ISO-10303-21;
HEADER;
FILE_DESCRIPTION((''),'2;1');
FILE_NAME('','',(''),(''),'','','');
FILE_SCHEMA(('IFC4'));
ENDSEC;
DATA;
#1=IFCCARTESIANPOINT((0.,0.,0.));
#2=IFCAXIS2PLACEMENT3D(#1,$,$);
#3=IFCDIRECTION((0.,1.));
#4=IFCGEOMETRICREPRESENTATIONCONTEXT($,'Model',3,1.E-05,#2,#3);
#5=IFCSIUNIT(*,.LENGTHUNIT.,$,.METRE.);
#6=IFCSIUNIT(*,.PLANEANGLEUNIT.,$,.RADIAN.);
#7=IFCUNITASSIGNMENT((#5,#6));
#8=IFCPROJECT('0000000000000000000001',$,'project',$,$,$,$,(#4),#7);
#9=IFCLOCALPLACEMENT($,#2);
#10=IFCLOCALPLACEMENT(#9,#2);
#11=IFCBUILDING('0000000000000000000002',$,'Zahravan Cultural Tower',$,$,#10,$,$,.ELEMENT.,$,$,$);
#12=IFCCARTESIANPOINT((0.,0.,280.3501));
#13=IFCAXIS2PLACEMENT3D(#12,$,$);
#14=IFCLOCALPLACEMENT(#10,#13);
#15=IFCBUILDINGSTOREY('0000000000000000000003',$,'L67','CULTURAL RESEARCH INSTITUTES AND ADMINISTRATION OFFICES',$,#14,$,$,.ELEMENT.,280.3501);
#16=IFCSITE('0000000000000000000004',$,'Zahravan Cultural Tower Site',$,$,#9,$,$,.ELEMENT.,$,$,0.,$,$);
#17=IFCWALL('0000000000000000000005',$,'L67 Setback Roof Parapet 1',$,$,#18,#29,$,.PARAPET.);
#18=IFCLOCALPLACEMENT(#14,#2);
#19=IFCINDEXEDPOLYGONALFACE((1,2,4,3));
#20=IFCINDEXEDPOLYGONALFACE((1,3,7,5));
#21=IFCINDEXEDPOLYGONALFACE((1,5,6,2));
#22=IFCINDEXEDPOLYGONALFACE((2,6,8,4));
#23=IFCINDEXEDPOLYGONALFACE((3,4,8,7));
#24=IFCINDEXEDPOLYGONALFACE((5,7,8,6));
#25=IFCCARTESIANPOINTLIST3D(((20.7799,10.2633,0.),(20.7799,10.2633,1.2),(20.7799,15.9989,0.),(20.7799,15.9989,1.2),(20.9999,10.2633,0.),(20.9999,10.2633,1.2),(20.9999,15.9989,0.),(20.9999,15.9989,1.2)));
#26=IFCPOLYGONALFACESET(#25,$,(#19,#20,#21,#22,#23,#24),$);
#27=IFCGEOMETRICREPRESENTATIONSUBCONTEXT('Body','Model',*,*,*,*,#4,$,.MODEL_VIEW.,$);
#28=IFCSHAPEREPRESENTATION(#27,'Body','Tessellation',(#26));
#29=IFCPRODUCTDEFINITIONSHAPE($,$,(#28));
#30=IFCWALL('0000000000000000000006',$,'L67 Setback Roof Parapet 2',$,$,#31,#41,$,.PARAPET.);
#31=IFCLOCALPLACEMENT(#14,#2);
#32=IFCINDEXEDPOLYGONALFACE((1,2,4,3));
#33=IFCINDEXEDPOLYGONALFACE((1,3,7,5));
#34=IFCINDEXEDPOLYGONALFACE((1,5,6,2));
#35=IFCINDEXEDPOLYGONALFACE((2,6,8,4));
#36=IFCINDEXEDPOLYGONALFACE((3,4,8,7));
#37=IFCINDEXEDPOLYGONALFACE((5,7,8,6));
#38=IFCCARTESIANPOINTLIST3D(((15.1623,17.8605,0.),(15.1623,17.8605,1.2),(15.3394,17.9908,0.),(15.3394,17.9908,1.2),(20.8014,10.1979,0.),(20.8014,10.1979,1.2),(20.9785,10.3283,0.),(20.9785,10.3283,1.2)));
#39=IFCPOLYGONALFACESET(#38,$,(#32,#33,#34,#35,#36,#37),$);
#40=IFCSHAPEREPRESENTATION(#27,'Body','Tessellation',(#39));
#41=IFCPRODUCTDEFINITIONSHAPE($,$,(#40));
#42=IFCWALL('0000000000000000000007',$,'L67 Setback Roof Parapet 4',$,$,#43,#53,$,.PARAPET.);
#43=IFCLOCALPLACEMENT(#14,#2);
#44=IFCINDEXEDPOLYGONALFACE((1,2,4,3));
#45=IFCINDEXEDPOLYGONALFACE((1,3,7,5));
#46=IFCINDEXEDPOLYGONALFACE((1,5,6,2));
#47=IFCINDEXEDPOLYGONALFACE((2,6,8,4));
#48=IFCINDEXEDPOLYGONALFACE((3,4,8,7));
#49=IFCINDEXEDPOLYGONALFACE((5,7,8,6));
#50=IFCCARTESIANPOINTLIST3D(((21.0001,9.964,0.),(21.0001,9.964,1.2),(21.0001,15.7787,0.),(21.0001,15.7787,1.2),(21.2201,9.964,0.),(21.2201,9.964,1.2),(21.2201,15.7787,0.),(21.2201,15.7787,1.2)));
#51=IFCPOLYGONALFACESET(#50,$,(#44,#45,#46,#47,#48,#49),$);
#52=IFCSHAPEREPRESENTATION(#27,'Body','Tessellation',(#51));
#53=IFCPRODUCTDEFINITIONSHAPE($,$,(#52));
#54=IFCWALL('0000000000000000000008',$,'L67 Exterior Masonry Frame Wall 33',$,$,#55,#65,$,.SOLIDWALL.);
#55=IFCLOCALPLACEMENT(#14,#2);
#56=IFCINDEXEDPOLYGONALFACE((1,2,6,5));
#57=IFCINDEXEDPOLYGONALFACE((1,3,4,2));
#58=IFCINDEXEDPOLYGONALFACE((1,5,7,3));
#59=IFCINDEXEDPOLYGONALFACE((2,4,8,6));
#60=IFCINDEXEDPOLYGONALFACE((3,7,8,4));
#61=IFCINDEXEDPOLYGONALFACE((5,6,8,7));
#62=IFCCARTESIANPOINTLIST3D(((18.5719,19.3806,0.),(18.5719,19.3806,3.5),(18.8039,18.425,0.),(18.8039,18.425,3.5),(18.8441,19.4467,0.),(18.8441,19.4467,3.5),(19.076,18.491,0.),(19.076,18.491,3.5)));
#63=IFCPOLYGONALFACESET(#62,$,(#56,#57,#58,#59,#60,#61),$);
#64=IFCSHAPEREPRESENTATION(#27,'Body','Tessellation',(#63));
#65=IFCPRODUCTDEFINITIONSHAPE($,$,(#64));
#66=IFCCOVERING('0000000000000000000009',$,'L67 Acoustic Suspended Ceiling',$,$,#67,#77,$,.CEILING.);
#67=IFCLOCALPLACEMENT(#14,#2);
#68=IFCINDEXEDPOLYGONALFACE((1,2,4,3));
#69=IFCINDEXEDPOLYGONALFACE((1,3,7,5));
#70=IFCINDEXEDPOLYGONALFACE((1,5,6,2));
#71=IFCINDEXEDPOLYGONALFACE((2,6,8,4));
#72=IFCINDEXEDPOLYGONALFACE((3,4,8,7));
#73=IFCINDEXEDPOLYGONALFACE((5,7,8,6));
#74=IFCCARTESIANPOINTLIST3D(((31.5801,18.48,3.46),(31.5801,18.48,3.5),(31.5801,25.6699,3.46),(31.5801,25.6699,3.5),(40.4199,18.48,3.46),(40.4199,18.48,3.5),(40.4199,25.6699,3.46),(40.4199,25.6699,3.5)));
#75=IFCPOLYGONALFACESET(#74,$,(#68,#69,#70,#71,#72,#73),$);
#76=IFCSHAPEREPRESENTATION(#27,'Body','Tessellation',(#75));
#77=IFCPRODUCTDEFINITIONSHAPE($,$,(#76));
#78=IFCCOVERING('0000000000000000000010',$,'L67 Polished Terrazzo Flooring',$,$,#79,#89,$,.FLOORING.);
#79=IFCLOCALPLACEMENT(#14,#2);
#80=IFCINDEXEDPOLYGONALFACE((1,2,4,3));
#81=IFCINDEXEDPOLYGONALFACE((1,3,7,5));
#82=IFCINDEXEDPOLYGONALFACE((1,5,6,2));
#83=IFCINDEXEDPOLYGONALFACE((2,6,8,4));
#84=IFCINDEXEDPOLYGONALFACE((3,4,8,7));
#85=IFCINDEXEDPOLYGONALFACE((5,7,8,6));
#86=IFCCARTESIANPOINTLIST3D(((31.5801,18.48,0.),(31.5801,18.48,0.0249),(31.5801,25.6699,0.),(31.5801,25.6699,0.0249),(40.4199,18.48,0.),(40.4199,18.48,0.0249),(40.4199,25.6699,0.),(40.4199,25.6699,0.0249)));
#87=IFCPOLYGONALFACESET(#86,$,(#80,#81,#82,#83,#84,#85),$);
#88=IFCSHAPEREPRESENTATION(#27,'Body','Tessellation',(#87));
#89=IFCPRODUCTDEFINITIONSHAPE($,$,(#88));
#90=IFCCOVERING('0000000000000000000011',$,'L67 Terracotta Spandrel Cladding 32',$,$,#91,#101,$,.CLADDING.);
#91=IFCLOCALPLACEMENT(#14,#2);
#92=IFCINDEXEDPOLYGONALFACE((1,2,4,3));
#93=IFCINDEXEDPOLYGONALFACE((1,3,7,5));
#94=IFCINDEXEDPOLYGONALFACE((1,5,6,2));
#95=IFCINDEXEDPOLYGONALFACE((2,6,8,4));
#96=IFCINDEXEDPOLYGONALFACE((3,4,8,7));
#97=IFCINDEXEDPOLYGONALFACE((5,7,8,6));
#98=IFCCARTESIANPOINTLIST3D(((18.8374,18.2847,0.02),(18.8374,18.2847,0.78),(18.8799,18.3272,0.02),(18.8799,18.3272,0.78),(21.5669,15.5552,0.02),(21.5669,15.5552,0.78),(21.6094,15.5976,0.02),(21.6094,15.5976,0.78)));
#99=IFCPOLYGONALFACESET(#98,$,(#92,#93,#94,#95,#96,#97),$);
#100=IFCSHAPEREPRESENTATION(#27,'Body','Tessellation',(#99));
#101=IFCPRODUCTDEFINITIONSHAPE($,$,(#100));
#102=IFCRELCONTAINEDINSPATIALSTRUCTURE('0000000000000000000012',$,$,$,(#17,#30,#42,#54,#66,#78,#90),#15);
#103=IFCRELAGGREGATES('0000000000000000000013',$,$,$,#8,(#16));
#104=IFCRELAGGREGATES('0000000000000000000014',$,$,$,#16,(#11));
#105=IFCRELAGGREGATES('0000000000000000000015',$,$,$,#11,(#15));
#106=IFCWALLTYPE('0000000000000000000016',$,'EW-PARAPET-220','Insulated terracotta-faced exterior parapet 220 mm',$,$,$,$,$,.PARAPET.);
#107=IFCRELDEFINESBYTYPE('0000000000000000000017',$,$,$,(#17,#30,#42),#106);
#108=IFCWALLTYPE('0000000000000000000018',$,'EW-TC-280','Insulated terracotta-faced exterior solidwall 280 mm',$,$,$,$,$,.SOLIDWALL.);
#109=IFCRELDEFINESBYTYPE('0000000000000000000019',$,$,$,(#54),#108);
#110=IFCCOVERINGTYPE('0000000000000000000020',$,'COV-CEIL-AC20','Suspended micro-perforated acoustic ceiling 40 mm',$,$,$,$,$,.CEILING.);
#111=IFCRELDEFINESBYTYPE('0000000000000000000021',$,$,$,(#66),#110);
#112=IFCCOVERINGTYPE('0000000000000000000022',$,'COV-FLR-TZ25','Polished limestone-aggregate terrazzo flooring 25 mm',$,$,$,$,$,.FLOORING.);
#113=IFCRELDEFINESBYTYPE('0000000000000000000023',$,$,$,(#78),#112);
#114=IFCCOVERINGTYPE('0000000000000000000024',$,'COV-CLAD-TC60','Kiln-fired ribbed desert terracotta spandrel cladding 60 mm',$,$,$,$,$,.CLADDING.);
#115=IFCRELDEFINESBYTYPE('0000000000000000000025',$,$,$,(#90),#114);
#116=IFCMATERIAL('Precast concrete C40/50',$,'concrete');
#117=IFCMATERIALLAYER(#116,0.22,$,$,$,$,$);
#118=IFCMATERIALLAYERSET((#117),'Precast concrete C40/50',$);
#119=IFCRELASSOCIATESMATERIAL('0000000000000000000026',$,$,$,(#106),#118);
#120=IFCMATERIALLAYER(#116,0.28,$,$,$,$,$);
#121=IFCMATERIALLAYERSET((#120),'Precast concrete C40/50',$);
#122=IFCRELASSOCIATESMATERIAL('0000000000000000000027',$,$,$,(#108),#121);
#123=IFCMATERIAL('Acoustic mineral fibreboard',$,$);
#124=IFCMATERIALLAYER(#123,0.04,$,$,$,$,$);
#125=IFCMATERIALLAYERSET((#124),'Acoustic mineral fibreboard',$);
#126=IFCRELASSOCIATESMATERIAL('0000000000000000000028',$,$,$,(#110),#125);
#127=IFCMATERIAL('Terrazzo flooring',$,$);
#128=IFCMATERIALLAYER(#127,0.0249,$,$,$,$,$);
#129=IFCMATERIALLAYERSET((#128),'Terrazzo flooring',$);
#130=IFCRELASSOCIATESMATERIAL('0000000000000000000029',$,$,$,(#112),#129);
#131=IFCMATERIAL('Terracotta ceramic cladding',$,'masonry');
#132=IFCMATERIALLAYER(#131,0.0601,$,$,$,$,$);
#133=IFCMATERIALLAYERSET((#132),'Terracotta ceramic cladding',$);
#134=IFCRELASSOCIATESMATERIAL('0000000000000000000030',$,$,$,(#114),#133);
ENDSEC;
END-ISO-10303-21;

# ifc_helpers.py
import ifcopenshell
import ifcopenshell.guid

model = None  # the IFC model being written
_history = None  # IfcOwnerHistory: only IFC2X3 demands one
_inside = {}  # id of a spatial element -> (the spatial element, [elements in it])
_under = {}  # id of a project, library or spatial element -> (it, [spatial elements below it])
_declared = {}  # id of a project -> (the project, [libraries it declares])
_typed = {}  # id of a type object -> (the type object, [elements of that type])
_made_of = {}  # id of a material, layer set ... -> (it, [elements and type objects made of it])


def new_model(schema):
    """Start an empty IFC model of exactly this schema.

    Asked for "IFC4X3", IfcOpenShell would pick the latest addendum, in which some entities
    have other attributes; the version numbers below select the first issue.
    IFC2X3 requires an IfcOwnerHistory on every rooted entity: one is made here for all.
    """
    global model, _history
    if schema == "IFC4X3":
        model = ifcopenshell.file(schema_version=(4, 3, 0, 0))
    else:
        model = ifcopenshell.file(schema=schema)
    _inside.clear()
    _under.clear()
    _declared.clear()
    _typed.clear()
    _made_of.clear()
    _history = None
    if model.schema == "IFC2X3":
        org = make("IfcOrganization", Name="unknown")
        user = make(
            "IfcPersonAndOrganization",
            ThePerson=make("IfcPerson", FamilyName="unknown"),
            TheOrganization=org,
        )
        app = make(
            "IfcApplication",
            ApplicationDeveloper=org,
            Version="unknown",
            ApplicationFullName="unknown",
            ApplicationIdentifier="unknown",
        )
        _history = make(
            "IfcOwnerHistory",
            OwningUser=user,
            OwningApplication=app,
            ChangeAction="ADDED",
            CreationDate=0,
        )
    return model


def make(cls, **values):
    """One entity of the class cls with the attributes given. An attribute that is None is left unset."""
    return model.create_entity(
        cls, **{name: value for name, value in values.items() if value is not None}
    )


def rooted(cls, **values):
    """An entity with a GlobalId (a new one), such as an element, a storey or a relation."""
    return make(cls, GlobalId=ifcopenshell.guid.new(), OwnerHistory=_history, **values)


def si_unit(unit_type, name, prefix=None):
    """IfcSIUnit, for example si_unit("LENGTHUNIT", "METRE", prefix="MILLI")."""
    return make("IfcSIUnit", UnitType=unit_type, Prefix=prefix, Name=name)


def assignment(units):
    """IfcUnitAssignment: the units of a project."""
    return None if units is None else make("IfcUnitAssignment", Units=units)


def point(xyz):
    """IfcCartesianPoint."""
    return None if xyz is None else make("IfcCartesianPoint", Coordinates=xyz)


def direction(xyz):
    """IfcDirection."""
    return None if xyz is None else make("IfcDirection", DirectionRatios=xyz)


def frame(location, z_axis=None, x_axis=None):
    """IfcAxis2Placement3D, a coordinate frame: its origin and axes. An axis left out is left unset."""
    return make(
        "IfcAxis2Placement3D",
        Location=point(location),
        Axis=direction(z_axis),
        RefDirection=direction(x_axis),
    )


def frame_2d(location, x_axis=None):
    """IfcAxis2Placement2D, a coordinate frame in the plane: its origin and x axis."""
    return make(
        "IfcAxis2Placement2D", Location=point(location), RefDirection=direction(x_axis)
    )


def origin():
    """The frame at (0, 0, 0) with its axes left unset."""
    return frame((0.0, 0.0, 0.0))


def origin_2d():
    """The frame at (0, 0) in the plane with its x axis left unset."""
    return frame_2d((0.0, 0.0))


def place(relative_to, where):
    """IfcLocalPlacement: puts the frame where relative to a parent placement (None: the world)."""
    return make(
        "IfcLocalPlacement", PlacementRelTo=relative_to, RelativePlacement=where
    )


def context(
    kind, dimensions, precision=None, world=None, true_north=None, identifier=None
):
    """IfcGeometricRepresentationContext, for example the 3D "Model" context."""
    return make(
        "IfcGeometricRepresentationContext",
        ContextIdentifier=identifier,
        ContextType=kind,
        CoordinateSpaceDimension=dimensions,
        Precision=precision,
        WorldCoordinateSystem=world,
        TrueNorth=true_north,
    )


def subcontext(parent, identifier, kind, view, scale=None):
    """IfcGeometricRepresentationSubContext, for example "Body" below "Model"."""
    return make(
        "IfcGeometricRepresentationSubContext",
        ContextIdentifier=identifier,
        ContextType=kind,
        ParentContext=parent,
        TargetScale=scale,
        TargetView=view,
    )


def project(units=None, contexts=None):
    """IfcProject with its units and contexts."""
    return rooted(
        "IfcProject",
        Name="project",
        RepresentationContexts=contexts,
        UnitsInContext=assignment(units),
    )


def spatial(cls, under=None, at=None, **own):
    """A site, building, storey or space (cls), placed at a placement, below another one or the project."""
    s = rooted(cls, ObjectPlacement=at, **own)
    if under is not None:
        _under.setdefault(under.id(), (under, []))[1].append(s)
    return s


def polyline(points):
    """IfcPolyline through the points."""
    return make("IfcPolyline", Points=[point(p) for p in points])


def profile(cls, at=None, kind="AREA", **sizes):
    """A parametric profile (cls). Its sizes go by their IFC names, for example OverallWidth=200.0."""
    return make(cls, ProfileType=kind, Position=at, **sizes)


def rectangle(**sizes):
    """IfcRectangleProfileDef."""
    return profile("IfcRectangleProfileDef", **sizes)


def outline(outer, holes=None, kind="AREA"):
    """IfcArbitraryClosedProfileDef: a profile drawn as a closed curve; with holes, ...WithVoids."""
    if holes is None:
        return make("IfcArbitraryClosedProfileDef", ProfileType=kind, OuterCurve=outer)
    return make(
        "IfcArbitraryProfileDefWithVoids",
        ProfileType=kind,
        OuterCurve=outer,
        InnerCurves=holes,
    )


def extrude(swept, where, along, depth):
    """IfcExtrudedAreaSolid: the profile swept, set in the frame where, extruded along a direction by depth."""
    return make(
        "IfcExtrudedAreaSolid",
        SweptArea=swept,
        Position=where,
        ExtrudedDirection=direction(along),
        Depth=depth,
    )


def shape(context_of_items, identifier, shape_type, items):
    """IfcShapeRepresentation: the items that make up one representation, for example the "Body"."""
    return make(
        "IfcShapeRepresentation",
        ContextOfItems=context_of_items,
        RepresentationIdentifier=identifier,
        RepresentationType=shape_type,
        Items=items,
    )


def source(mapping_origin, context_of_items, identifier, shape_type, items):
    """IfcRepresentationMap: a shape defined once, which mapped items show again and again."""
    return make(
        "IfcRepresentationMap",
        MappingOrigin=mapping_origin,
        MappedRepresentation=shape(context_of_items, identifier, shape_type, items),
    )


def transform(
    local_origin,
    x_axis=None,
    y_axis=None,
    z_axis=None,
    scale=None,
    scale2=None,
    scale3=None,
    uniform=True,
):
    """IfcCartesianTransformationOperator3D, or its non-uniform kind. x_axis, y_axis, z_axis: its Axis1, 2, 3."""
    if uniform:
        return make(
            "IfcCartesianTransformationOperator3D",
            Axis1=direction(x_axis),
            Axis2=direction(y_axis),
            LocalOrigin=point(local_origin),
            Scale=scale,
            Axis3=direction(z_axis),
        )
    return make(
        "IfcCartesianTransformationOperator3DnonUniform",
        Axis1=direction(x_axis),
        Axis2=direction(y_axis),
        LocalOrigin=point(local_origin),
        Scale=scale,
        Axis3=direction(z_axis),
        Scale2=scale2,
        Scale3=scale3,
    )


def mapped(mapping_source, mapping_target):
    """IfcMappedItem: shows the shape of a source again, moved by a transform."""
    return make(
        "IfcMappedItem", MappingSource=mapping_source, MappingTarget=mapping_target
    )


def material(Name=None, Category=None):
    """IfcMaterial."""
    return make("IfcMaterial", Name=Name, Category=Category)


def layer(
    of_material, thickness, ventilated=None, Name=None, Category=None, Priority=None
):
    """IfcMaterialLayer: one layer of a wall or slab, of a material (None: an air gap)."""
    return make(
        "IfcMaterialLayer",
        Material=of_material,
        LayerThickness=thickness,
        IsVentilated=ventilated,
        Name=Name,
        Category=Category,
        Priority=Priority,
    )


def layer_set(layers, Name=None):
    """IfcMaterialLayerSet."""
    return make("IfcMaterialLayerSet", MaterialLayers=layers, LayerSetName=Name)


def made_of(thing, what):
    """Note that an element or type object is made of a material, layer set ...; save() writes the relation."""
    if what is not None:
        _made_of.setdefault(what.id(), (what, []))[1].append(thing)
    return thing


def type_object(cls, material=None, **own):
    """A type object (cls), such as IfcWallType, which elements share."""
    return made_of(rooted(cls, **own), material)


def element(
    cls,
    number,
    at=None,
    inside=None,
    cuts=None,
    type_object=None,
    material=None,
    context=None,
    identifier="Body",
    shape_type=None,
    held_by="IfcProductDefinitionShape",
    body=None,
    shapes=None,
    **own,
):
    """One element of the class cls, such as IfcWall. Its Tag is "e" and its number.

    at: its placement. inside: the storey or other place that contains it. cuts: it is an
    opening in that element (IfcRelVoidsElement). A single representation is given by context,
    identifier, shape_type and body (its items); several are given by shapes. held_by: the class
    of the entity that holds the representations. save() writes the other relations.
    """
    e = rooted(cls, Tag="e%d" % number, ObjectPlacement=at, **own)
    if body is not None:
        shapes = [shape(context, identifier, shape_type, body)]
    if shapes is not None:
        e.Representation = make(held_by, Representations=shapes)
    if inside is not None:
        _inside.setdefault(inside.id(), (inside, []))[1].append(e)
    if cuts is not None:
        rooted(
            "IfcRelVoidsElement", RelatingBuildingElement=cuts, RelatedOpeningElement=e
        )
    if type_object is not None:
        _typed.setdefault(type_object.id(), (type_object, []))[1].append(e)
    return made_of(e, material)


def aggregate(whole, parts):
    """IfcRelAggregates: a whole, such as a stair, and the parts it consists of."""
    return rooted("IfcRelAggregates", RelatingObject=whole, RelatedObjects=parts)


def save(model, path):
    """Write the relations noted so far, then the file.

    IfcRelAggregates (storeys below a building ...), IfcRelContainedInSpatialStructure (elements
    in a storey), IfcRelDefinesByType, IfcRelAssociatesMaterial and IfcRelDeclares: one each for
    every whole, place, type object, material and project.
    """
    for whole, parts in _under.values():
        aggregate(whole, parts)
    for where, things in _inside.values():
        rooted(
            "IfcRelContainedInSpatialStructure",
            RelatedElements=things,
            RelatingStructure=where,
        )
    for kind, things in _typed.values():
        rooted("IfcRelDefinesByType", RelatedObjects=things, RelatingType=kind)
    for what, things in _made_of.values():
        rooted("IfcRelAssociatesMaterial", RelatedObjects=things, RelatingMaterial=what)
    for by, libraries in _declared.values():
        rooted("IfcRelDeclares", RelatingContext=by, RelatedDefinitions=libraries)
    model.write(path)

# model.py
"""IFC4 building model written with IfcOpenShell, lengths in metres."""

from ifc_helpers import new_model, si_unit, direction, frame, frame_2d, origin, origin_2d, place, context, subcontext, project, spatial, polyline, rectangle, outline, extrude, source, transform, mapped, material, layer, layer_set, type_object, element, save


model = new_model("IFC4")

# Units and contexts
model_context = context("Model", 3, precision=1e-05, world=origin(), true_north=direction((0.0, 1.0)))
body_context = subcontext(model_context, "Body", "Model", "MODEL_VIEW")
ifc_project = project(units=[si_unit("LENGTHUNIT", "METRE"), si_unit("PLANEANGLEUNIT", "RADIAN")], contexts=[model_context])

# Site, building, storey
site_placement = place(None, origin())
site = spatial("IfcSite", under=ifc_project, at=site_placement, Name="Zahravan Cultural Tower Site", CompositionType="ELEMENT", RefElevation=0.0)
building_placement = place(site_placement, origin())
building = spatial("IfcBuilding", under=site, at=building_placement, Name="Zahravan Cultural Tower", CompositionType="ELEMENT")
storey_placement = place(building_placement, frame((0.0, 0.0, 280.3501)))
storey = spatial("IfcBuildingStorey", under=building, at=storey_placement, Name="L67", Description="CULTURAL RESEARCH INSTITUTES AND ADMINISTRATION OFFICES", CompositionType="ELEMENT", Elevation=280.3501)

# Shared definitions
ifc_material_1 = material(Name="Precast concrete C40/50", Category="concrete")

# Walls
ifc_layer_1 = layer(ifc_material_1, 0.22)
ifc_layer_set_1 = layer_set([ifc_layer_1], Name="Precast concrete C40/50")
wall_type_1 = type_object("IfcWallType", Name="EW-PARAPET-220", Description="Insulated terracotta-faced exterior parapet 220 mm", PredefinedType="PARAPET", material=ifc_layer_set_1)
shared_shape_1 = source(origin(), body_context, "Body", "SweptSolid", [
    extrude(rectangle(XDim=5.7356, YDim=0.22, at=frame_2d((2.8677, 0.0))), origin(), (0.0, 0.0, 1.0), 1.2),
])
wall_1_placement = place(storey_placement, frame((20.8899, 15.9988, 0.0), z_axis=(0.0, 0.0, 1.0), x_axis=(0.0, -1.0, 0.0)))
element("IfcWall", 1, at=wall_1_placement, inside=storey, type_object=wall_type_1, Name="L67 Setback Roof Parapet 1", PredefinedType="PARAPET", context=body_context, shape_type="MappedRepresentation", body=[
    mapped(shared_shape_1, transform((0.0, 0.0, 0.0), x_axis=(1.0, 0.0, 0.0), y_axis=(0.0, 1.0, 0.0), z_axis=(0.0, 0.0, 1.0), scale=1.0)),
])
shared_shape_2 = source(origin(), body_context, "Body", "SweptSolid", [
    extrude(rectangle(XDim=9.5139, YDim=0.22, at=frame_2d((4.7568, 0.0))), origin(), (0.0, 0.0, 1.0), 1.2),
])
wall_2_placement = place(storey_placement, frame((20.8899, 10.2632, 0.0), z_axis=(0.0, 0.0, 1.0), x_axis=(-0.592725, 0.805405, 0.0)))
element("IfcWall", 2, at=wall_2_placement, inside=storey, type_object=wall_type_1, Name="L67 Setback Roof Parapet 2", PredefinedType="PARAPET", context=body_context, shape_type="MappedRepresentation", body=[
    mapped(shared_shape_2, transform((0.0, 0.0, 0.0), x_axis=(1.0, 0.0, 0.0), y_axis=(0.0, 1.0, 0.0), z_axis=(0.0, 0.0, 1.0), scale=1.0)),
])
shared_shape_3 = source(origin(), body_context, "Body", "SweptSolid", [
    extrude(rectangle(XDim=5.8147, YDim=0.22, at=frame_2d((2.9072, 0.0))), origin(), (0.0, 0.0, 1.0), 1.2),
])
wall_3_placement = place(storey_placement, frame((21.1101, 9.9641, 0.0), z_axis=(0.0, 0.0, 1.0), x_axis=(0.0, 1.0, 0.0)))
element("IfcWall", 3, at=wall_3_placement, inside=storey, type_object=wall_type_1, Name="L67 Setback Roof Parapet 4", PredefinedType="PARAPET", context=body_context, shape_type="MappedRepresentation", body=[
    mapped(shared_shape_3, transform((0.0, 0.0, 0.0), x_axis=(1.0, 0.0, 0.0), y_axis=(0.0, 1.0, 0.0), z_axis=(0.0, 0.0, 1.0), scale=1.0)),
])
ifc_layer_2 = layer(ifc_material_1, 0.28)
ifc_layer_set_2 = layer_set([ifc_layer_2], Name="Precast concrete C40/50")
wall_type_2 = type_object("IfcWallType", Name="EW-TC-280", Description="Insulated terracotta-faced exterior solidwall 280 mm", PredefinedType="SOLIDWALL", material=ifc_layer_set_2)
shared_shape_4 = source(origin(), body_context, "Body", "SweptSolid", [
    extrude(rectangle(XDim=0.9834, YDim=0.28, at=frame_2d((0.4917, 0.0))), origin(), (0.0, 0.0, 1.0), 3.5),
])
wall_4_placement = place(storey_placement, frame((18.9399, 18.458, 0.0), z_axis=(0.0, 0.0, 1.0), x_axis=(-0.23587, 0.971785, 0.0)))
element("IfcWall", 4, at=wall_4_placement, inside=storey, type_object=wall_type_2, Name="L67 Exterior Masonry Frame Wall 33", PredefinedType="SOLIDWALL", context=body_context, shape_type="MappedRepresentation", body=[
    mapped(shared_shape_4, transform((0.0, 0.0, 0.0), x_axis=(1.0, 0.0, 0.0), y_axis=(0.0, 1.0, 0.0), z_axis=(0.0, 0.0, 1.0), scale=1.0)),
])

# Coverings
ifc_material_2 = material(Name="Acoustic mineral fibreboard")
ifc_layer_3 = layer(ifc_material_2, 0.04)
ifc_layer_set_3 = layer_set([ifc_layer_3], Name="Acoustic mineral fibreboard")
covering_type_1 = type_object("IfcCoveringType", Name="COV-CEIL-AC20", Description="Suspended micro-perforated acoustic ceiling 40 mm", PredefinedType="CEILING", material=ifc_layer_set_3)
covering_1_placement = place(storey_placement, frame((0.0, 0.0, 3.46)))
element("IfcCovering", 5, at=covering_1_placement, inside=storey, type_object=covering_type_1, Name="L67 Acoustic Suspended Ceiling", PredefinedType="CEILING", context=body_context, shape_type="SweptSolid", body=[
    extrude(outline(polyline([(40.4199, 25.6699), (31.5801, 25.6699), (31.5801, 18.48), (40.4199, 18.48), (40.4199, 25.6699)])), origin(), (0.0, 0.0, 1.0), 0.04),
])
ifc_material_3 = material(Name="Terrazzo flooring")
ifc_layer_4 = layer(ifc_material_3, 0.0249)
ifc_layer_set_4 = layer_set([ifc_layer_4], Name="Terrazzo flooring")
covering_type_2 = type_object("IfcCoveringType", Name="COV-FLR-TZ25", Description="Polished limestone-aggregate terrazzo flooring 25 mm", PredefinedType="FLOORING", material=ifc_layer_set_4)
covering_2_placement = place(storey_placement, origin())
element("IfcCovering", 6, at=covering_2_placement, inside=storey, type_object=covering_type_2, Name="L67 Polished Terrazzo Flooring", PredefinedType="FLOORING", context=body_context, shape_type="SweptSolid", body=[
    extrude(outline(polyline([(40.4199, 25.6699), (31.5801, 25.6699), (31.5801, 18.48), (40.4199, 18.48), (40.4199, 25.6699)])), origin(), (0.0, 0.0, 1.0), 0.0249),
])
ifc_material_4 = material(Name="Terracotta ceramic cladding", Category="masonry")
ifc_layer_5 = layer(ifc_material_4, 0.0601)
ifc_layer_set_5 = layer_set([ifc_layer_5], Name="Terracotta ceramic cladding")
covering_type_3 = type_object("IfcCoveringType", Name="COV-CLAD-TC60", Description="Kiln-fired ribbed desert terracotta spandrel cladding 60 mm", PredefinedType="CLADDING", material=ifc_layer_set_5)
shared_shape_5 = source(origin(), body_context, "Body", "SweptSolid", [
    extrude(rectangle(XDim=3.8601, YDim=0.0601, at=origin_2d()), origin(), (0.0, 0.0, 1.0), 0.76),
])
covering_3_placement = place(storey_placement, frame((20.2234, 16.9412, 0.02), z_axis=(0.0, 0.0, 1.0), x_axis=(-0.707107, 0.707107, 0.0)))
element("IfcCovering", 7, at=covering_3_placement, inside=storey, type_object=covering_type_3, Name="L67 Terracotta Spandrel Cladding 32", PredefinedType="CLADDING", context=body_context, shape_type="MappedRepresentation", body=[
    mapped(shared_shape_5, transform((0.0, 0.0, 0.0), x_axis=(1.0, 0.0, 0.0), y_axis=(0.0, 1.0, 0.0), z_axis=(0.0, 0.0, 1.0), scale=1.0)),
])

save(model, "model.ifc")
